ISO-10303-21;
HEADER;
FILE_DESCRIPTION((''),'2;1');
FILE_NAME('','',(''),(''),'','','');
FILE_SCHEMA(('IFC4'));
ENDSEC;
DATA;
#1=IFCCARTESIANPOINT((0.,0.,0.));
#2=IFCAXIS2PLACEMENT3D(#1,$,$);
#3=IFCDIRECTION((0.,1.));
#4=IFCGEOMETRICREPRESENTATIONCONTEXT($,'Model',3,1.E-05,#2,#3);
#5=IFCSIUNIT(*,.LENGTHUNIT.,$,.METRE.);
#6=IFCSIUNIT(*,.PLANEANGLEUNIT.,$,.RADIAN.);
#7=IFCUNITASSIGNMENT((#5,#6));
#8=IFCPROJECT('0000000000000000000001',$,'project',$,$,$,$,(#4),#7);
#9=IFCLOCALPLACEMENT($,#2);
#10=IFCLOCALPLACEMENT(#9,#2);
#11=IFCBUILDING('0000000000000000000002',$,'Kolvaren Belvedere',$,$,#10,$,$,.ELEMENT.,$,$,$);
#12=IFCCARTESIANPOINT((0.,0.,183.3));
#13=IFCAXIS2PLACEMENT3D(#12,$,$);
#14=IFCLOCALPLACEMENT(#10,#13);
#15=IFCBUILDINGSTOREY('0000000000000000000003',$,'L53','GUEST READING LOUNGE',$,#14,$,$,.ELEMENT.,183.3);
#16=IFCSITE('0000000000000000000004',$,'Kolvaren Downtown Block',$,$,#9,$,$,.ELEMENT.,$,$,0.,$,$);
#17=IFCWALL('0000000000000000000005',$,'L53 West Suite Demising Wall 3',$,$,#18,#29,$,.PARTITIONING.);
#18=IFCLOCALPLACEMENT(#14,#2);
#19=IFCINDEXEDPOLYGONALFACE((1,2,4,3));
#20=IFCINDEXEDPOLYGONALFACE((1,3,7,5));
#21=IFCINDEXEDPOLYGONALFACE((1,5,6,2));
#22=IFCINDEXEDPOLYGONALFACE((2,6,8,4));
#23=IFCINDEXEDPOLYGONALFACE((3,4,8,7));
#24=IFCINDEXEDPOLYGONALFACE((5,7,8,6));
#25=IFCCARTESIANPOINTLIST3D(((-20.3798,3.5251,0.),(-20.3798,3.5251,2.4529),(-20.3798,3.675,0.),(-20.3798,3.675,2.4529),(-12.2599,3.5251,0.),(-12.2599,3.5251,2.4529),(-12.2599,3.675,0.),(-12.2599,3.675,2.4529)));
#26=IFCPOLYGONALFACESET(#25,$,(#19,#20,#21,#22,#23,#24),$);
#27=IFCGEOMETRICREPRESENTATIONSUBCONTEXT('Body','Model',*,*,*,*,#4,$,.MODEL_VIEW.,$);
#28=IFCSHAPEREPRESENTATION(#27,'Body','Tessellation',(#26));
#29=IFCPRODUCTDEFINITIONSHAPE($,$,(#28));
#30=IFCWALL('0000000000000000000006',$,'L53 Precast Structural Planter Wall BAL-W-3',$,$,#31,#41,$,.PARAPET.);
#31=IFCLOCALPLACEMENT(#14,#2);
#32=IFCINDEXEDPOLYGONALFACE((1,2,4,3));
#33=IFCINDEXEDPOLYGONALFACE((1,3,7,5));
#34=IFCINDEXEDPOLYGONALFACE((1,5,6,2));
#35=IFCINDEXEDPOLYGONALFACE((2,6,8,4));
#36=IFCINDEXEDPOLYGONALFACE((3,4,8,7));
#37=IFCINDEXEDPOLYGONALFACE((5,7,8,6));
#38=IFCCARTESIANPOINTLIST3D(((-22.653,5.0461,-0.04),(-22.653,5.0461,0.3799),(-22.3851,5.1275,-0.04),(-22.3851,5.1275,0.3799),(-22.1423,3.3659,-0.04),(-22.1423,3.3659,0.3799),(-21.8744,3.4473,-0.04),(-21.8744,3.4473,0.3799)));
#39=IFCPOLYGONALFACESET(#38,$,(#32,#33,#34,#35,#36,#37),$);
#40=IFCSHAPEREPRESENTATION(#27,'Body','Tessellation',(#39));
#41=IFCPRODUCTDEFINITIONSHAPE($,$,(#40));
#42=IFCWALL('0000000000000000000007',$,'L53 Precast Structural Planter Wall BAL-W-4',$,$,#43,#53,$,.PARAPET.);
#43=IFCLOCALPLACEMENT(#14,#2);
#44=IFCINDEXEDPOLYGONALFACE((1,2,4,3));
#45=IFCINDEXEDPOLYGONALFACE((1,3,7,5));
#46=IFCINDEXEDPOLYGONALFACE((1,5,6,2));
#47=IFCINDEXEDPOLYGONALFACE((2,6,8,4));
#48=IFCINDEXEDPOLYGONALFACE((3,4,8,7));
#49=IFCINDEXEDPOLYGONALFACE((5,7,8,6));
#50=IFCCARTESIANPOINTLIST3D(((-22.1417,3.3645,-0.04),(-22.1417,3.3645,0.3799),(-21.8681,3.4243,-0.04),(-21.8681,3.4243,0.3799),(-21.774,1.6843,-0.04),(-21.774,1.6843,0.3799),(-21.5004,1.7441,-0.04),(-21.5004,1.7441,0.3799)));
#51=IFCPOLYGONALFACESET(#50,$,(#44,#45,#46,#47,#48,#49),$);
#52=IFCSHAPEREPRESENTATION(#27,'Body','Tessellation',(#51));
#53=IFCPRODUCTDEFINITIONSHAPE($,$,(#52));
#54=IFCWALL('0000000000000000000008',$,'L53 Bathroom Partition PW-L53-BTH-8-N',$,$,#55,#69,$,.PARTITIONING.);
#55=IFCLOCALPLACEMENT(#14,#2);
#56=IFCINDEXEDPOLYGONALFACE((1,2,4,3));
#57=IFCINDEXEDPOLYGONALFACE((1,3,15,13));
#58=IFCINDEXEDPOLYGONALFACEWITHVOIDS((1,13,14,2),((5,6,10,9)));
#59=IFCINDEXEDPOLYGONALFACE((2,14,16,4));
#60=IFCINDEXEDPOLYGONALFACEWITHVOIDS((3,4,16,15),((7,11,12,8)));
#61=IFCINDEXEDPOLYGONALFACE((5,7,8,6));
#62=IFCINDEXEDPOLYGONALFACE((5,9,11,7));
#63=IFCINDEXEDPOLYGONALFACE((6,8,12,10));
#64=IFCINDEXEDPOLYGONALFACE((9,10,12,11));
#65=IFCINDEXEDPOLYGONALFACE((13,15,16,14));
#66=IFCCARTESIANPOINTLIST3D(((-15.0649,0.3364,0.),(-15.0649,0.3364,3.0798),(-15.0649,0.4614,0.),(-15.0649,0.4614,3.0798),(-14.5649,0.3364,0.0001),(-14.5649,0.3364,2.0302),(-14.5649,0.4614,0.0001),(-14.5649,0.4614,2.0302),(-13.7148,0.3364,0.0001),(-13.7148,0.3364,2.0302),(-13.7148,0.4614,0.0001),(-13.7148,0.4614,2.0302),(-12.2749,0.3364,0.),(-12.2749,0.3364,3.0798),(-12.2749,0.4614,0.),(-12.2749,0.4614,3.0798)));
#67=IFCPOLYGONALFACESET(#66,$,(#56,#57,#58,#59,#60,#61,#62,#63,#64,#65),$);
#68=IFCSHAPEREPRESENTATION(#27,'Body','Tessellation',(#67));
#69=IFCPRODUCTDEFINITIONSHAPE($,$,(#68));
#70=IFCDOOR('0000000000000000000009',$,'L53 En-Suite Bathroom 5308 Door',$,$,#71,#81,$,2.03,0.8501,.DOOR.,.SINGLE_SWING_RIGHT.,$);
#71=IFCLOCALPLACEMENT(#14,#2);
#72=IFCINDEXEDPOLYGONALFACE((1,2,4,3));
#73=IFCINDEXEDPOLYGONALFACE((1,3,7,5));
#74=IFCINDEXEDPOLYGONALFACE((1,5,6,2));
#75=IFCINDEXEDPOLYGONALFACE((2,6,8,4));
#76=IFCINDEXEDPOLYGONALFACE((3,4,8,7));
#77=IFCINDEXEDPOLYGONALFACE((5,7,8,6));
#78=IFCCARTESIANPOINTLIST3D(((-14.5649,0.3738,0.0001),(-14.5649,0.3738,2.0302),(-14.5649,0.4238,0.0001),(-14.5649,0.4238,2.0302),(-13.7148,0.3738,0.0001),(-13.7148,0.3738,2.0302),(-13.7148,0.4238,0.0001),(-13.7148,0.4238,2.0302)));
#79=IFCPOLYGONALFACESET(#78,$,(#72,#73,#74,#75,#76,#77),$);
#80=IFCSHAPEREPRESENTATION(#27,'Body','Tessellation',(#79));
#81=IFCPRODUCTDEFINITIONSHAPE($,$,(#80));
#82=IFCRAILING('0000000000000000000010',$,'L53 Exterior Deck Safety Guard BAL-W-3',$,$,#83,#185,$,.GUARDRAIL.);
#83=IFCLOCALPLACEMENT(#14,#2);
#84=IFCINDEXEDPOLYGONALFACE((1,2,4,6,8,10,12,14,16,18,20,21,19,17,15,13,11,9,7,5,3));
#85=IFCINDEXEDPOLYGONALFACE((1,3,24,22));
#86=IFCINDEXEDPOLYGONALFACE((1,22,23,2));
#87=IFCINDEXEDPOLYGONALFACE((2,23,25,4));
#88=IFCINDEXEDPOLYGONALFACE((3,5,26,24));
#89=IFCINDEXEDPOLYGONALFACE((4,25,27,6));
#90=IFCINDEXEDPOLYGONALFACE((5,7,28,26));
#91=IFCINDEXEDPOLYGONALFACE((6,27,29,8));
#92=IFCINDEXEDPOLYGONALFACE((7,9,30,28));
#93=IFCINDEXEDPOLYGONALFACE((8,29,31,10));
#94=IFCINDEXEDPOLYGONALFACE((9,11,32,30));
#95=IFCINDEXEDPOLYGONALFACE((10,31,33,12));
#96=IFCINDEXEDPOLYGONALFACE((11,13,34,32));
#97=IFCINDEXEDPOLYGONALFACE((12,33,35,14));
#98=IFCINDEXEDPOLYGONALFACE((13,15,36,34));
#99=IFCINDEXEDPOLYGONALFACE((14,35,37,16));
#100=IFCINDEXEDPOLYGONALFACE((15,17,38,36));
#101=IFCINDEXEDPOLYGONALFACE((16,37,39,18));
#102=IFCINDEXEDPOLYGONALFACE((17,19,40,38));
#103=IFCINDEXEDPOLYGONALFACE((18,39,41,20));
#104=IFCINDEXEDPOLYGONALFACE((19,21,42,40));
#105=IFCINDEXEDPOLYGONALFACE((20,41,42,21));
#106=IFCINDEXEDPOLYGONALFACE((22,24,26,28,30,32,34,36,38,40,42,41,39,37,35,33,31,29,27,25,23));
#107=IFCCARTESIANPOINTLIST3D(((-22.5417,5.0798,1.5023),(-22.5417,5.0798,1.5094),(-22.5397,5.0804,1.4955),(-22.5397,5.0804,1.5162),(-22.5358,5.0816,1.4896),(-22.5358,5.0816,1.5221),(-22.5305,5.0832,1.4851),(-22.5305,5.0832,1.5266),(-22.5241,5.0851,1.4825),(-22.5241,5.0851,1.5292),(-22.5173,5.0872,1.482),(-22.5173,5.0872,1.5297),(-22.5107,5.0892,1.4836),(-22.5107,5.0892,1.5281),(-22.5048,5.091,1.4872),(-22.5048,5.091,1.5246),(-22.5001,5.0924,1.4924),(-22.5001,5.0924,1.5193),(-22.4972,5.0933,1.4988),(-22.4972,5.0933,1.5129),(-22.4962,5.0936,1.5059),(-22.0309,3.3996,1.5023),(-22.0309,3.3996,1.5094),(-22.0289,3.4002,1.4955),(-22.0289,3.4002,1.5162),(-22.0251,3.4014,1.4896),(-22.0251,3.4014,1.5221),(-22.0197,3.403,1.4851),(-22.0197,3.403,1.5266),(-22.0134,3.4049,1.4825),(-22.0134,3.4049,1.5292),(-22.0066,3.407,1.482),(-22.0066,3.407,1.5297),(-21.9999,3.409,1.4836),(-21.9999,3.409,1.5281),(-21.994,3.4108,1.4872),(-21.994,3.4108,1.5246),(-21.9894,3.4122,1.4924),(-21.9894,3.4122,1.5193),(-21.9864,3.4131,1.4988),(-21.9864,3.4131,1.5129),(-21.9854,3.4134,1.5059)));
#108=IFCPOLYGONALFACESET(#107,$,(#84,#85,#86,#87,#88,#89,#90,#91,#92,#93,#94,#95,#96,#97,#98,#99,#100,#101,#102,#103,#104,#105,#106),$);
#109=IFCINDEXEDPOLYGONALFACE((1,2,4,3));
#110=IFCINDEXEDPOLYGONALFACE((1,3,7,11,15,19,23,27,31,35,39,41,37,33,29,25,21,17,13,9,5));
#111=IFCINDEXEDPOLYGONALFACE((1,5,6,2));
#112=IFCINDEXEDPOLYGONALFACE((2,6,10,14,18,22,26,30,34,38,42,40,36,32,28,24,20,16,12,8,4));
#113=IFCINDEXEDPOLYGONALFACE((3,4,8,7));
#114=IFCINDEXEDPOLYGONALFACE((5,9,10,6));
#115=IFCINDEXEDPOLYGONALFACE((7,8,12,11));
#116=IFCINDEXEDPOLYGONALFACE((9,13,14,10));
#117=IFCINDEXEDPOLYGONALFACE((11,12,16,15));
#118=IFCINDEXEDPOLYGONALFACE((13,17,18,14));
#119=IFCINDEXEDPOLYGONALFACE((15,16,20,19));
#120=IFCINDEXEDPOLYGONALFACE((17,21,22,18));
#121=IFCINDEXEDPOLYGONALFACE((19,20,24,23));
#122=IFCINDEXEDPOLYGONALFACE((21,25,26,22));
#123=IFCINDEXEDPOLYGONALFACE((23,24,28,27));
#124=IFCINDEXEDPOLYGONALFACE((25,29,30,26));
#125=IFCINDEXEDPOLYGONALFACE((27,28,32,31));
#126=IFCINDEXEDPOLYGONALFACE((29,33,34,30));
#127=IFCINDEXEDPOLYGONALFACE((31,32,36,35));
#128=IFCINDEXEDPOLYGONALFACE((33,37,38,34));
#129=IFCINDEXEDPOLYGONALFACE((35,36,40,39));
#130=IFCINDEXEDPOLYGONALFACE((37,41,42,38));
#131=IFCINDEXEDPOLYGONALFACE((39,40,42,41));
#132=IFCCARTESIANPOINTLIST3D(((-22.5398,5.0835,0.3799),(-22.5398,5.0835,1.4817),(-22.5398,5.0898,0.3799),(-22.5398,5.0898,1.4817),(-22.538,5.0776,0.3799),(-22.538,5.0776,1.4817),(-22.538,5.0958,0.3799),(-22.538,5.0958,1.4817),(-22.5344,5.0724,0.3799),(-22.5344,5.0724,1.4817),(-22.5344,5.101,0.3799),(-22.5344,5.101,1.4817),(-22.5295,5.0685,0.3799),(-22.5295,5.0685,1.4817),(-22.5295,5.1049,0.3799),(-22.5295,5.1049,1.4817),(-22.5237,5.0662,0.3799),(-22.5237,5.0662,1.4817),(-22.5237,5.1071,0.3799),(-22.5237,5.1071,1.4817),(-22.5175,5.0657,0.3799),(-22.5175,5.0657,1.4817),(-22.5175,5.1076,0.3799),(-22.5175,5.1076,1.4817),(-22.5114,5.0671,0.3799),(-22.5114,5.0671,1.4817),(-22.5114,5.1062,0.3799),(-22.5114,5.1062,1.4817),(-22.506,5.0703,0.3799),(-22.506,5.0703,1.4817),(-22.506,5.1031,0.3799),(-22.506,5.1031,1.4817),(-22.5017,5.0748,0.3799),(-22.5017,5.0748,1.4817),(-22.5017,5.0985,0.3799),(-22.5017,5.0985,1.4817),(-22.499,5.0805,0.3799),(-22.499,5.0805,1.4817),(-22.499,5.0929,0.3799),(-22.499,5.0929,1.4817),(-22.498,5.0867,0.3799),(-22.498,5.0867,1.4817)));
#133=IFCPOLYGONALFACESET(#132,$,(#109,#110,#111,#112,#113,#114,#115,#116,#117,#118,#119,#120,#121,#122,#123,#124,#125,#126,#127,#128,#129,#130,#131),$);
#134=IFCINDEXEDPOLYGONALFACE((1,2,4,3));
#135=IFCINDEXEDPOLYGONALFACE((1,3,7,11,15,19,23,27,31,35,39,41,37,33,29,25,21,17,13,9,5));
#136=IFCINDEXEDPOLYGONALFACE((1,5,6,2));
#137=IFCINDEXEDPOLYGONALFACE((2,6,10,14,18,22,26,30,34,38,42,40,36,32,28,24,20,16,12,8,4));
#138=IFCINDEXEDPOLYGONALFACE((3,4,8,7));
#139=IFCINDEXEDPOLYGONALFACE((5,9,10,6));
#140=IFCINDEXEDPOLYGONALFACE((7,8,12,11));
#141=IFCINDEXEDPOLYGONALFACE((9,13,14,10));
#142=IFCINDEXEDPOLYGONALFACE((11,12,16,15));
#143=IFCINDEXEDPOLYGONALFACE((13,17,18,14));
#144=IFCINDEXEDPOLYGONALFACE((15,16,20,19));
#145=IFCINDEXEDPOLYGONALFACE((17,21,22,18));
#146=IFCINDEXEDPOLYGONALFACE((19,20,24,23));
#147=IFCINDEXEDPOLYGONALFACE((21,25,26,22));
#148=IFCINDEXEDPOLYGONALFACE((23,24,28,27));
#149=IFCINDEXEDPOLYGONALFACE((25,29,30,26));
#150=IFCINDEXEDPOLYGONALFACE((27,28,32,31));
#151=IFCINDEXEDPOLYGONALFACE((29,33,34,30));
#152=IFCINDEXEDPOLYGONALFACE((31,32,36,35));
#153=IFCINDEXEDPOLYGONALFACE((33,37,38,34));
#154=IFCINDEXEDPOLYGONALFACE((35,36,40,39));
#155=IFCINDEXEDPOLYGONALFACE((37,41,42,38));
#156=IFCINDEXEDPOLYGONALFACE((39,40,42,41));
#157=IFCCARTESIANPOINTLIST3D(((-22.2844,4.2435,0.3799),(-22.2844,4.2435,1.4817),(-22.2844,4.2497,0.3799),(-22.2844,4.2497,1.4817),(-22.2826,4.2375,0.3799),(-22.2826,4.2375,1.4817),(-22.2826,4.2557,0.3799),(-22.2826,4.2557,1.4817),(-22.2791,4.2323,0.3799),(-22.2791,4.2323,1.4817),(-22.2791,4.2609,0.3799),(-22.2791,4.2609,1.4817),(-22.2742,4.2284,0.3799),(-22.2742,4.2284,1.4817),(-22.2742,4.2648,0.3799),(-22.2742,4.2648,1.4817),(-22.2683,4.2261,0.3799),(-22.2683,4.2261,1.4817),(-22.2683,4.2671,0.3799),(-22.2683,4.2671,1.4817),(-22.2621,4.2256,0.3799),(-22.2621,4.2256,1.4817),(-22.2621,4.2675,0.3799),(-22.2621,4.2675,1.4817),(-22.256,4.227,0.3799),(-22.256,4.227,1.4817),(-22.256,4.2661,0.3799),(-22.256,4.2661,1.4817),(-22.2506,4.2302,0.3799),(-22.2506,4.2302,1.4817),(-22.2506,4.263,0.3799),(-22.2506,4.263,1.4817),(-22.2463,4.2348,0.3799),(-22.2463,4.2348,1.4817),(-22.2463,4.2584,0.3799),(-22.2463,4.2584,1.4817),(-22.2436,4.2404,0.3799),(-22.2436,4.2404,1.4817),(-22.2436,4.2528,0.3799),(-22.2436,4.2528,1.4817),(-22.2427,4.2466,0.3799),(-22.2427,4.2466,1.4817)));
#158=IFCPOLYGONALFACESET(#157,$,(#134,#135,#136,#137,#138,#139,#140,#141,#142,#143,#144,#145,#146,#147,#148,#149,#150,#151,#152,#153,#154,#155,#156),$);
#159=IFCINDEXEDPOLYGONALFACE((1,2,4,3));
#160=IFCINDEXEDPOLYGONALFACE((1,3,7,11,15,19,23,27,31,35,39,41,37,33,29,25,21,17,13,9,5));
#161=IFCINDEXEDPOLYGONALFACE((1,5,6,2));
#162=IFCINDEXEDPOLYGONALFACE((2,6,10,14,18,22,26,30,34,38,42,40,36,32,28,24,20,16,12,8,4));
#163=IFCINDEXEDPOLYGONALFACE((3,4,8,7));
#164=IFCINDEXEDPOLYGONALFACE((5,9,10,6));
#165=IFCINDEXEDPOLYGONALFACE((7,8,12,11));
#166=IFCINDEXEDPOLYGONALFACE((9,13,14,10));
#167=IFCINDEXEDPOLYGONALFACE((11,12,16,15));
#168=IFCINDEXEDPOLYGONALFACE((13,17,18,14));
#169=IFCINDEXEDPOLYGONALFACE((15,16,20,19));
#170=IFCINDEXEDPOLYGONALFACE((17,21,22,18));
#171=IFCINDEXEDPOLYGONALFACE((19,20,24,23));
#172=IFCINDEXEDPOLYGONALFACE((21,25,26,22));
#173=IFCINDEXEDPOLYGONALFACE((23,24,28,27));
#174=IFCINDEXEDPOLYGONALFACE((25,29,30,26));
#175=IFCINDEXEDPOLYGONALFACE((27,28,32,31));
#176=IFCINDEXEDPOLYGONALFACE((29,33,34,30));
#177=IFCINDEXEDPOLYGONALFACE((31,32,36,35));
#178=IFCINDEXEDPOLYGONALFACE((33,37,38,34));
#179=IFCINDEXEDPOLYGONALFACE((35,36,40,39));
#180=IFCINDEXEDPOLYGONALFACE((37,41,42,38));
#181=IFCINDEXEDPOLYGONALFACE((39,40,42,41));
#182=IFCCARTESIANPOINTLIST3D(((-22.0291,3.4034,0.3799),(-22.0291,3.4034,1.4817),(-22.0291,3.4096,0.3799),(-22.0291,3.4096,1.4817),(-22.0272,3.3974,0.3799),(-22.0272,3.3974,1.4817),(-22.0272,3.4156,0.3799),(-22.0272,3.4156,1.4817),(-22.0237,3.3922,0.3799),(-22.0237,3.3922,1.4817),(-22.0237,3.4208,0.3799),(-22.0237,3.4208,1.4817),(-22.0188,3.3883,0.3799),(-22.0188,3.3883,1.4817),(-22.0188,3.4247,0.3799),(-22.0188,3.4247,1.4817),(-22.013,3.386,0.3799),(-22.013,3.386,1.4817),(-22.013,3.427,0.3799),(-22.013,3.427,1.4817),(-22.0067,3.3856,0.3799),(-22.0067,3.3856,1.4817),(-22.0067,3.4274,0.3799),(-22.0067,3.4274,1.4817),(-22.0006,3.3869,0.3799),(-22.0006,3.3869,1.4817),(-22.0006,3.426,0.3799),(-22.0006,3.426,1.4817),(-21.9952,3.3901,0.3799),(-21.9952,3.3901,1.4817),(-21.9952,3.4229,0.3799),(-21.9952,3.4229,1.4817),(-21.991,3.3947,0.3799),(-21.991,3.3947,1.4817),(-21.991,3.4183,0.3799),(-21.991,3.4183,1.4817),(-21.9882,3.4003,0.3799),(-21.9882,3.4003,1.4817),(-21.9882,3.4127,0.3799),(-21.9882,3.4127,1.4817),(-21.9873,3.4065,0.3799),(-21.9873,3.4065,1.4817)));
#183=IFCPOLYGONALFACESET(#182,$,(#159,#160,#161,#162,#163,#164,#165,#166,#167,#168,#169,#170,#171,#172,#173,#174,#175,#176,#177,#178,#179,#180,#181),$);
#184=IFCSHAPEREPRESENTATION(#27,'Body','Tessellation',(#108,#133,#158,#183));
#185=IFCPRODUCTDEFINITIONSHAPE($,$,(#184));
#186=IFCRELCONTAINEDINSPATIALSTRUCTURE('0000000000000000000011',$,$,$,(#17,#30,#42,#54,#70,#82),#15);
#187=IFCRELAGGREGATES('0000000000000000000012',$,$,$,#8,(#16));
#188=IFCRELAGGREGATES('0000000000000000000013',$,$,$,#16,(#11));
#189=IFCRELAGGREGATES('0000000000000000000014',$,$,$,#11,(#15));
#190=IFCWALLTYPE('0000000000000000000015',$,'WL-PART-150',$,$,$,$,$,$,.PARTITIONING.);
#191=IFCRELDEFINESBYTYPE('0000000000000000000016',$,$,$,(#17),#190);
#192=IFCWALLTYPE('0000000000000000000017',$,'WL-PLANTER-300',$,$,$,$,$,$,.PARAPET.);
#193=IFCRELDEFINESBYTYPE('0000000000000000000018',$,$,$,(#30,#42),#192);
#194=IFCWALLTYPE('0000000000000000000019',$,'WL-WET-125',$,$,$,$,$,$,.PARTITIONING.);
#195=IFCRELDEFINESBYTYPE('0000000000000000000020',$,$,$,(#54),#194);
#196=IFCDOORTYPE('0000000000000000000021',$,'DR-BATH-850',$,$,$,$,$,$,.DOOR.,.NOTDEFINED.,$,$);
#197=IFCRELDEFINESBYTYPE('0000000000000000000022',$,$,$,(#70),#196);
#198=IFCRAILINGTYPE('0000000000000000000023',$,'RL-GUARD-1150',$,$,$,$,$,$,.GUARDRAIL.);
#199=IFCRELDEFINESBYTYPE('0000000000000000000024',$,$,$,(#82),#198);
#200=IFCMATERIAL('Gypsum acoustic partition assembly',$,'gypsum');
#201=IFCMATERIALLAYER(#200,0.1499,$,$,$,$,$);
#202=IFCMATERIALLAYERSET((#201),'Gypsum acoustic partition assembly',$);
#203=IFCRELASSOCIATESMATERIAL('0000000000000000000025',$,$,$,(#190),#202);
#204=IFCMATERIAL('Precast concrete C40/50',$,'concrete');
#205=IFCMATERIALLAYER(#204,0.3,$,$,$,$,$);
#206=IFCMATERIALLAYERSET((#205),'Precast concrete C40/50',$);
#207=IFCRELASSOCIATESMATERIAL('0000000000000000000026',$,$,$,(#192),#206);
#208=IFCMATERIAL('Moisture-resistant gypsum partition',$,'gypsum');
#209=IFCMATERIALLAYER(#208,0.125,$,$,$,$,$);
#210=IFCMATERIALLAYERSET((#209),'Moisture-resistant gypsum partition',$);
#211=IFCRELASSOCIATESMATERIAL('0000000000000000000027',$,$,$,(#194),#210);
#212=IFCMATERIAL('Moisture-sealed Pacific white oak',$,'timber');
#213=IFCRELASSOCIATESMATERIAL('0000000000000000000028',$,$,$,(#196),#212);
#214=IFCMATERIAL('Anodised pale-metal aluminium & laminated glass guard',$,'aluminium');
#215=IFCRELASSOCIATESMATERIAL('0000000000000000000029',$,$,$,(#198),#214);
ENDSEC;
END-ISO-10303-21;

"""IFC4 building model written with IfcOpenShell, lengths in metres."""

from ifc_helpers import new_model, si_unit, direction, frame, frame_2d, origin, origin_2d, place, context, subcontext, project, spatial, rectangle, circle, extrude, material, layer, layer_set, type_object, element, fill, save


model = new_model("IFC4")

# Units and contexts
model_context = context("Model", 3, precision=1e-05, world=origin(), true_north=direction((0.0, 1.0)))
body_context = subcontext(model_context, "Body", "Model", "MODEL_VIEW")
ifc_project = project(units=[si_unit("LENGTHUNIT", "METRE"), si_unit("PLANEANGLEUNIT", "RADIAN")], contexts=[model_context])

# Site, building, storey
site_placement = place(None, origin())
site = spatial("IfcSite", under=ifc_project, at=site_placement, Name="Kolvaren Downtown Block", CompositionType="ELEMENT", RefElevation=0.0)
building_placement = place(site_placement, origin())
building = spatial("IfcBuilding", under=site, at=building_placement, Name="Kolvaren Belvedere", CompositionType="ELEMENT")
storey_placement = place(building_placement, frame((0.0, 0.0, 183.3)))
storey = spatial("IfcBuildingStorey", under=building, at=storey_placement, Name="L53", Description="GUEST READING LOUNGE", CompositionType="ELEMENT", Elevation=183.3)

# Walls
ifc_material_1 = material(Name="Gypsum acoustic partition assembly", Category="gypsum")
ifc_layer_1 = layer(ifc_material_1, 0.1499)
ifc_layer_set_1 = layer_set([ifc_layer_1], Name="Gypsum acoustic partition assembly")
wall_type_1 = type_object("IfcWallType", Name="WL-PART-150", PredefinedType="PARTITIONING", material=ifc_layer_set_1)
wall_1_placement = place(storey_placement, frame((-20.3799, 3.6001, 0.0), z_axis=(0.0, 0.0, 1.0), x_axis=(1.0, 0.0, 0.0)))
element("IfcWall", 1, at=wall_1_placement, inside=storey, type_object=wall_type_1, Name="L53 West Suite Demising Wall 3", PredefinedType="PARTITIONING", context=body_context, shape_type="SweptSolid", body=[
    extrude(rectangle(XDim=8.1199, YDim=0.1499, at=frame_2d((4.0601, 0.0))), origin(), (0.0, 0.0, 1.0), 2.4529),
])
ifc_material_2 = material(Name="Precast concrete C40/50", Category="concrete")
ifc_layer_2 = layer(ifc_material_2, 0.3)
ifc_layer_set_2 = layer_set([ifc_layer_2], Name="Precast concrete C40/50")
wall_type_2 = type_object("IfcWallType", Name="WL-PLANTER-300", PredefinedType="PARAPET", material=ifc_layer_set_2)
wall_2_placement = place(storey_placement, frame((-22.519, 5.0867, -0.04), z_axis=(0.0, 0.0, 1.0), x_axis=(0.290841, -0.956771, 0.0)))
element("IfcWall", 2, at=wall_2_placement, inside=storey, type_object=wall_type_2, Name="L53 Precast Structural Planter Wall BAL-W-3", PredefinedType="PARAPET", context=body_context, shape_type="SweptSolid", body=[
    extrude(rectangle(XDim=1.7561, YDim=0.28, at=frame_2d((0.8779, 0.0))), origin(), (0.0, 0.0, 1.0), 0.4199),
])
wall_3_placement = place(storey_placement, frame((-22.0049, 3.3943, -0.04), z_axis=(0.0, 0.0, 1.0), x_axis=(0.213773, -0.976883, 0.0)))
element("IfcWall", 3, at=wall_3_placement, inside=storey, type_object=wall_type_2, Name="L53 Precast Structural Planter Wall BAL-W-4", PredefinedType="PARAPET", context=body_context, shape_type="SweptSolid", body=[
    extrude(rectangle(XDim=1.72, YDim=0.28, at=frame_2d((0.8599, 0.0))), origin(), (0.0, 0.0, 1.0), 0.4199),
])

# Wall, opening, door
ifc_material_3 = material(Name="Moisture-resistant gypsum partition", Category="gypsum")
ifc_layer_3 = layer(ifc_material_3, 0.125)
ifc_layer_set_3 = layer_set([ifc_layer_3], Name="Moisture-resistant gypsum partition")
wall_type_3 = type_object("IfcWallType", Name="WL-WET-125", PredefinedType="PARTITIONING", material=ifc_layer_set_3)
wall_4_placement = place(storey_placement, frame((-15.0649, 0.3989, 0.0), z_axis=(0.0, 0.0, 1.0), x_axis=(1.0, 0.0, 0.0)))
wall_4 = element("IfcWall", 4, at=wall_4_placement, inside=storey, type_object=wall_type_3, Name="L53 Bathroom Partition PW-L53-BTH-8-N", PredefinedType="PARTITIONING", context=body_context, shape_type="SweptSolid", body=[
    extrude(rectangle(XDim=2.79, YDim=0.125, at=frame_2d((1.395, 0.0))), origin(), (0.0, 0.0, 1.0), 3.0798),
])
opening_1_placement = place(wall_4_placement, frame((0.5, 0.0, 0.0)))
opening_1 = element("IfcOpeningElement", 5, at=opening_1_placement, cuts=wall_4, PredefinedType="OPENING", context=body_context, shape_type="SweptSolid", body=[
    extrude(rectangle(XDim=0.8501, YDim=2.03, at=frame_2d((0.425, 1.0151))), frame((0.0, 0.0725, 0.0), z_axis=(0.0, -1.0, 0.0), x_axis=(1.0, 0.0, 0.0)), (0.0, 0.0, 1.0), 0.145),
])
ifc_material_4 = material(Name="Moisture-sealed Pacific white oak", Category="timber")
door_type_1 = type_object("IfcDoorType", Name="DR-BATH-850", OperationType="NOTDEFINED", PredefinedType="DOOR", material=ifc_material_4)
door_1_placement = place(opening_1_placement, origin())
door_1 = element("IfcDoor", 6, at=door_1_placement, inside=storey, type_object=door_type_1, Name="L53 En-Suite Bathroom 5308 Door", OperationType="SINGLE_SWING_RIGHT", OverallHeight=2.03, OverallWidth=0.8501, PredefinedType="DOOR", context=body_context, shape_type="SweptSolid", body=[
    extrude(rectangle(XDim=0.8501, YDim=2.03, at=frame_2d((0.425, 1.0151))), frame((0.0, 0.0249, 0.0), z_axis=(0.0, -1.0, 0.0), x_axis=(1.0, 0.0, 0.0)), (0.0, 0.0, 1.0), 0.05),
])
fill(opening_1, door_1)

# Railing
ifc_material_5 = material(Name="Anodised pale-metal aluminium & laminated glass guard", Category="aluminium")
railing_type = type_object("IfcRailingType", Name="RL-GUARD-1150", PredefinedType="GUARDRAIL", material=ifc_material_5)
railing_1_placement = place(storey_placement, frame((-22.519, 5.0867, 0.3799)))
element("IfcRailing", 7, at=railing_1_placement, inside=storey, type_object=railing_type, Name="L53 Exterior Deck Safety Guard BAL-W-3", PredefinedType="GUARDRAIL", context=body_context, shape_type="SweptSolid", body=[
    extrude(circle(Radius=0.0239, at=origin_2d()), frame((0.0, 0.0, 1.126), z_axis=(0.290841, -0.956771, 0.0), x_axis=(0.956771, 0.290841, 0.0)), (0.0, 0.0, 1.0), 1.7561),
    extrude(circle(Radius=0.021, at=origin_2d()), origin(), (0.0, 0.0, 1.0), 1.1018),
    extrude(circle(Radius=0.021, at=origin_2d()), frame((0.2554, -0.8401, 0.0)), (0.0, 0.0, 1.0), 1.1018),
    extrude(circle(Radius=0.021, at=origin_2d()), frame((0.5107, -1.6802, 0.0)), (0.0, 0.0, 1.0), 1.1018),
])

save(model, "model.ifc")
